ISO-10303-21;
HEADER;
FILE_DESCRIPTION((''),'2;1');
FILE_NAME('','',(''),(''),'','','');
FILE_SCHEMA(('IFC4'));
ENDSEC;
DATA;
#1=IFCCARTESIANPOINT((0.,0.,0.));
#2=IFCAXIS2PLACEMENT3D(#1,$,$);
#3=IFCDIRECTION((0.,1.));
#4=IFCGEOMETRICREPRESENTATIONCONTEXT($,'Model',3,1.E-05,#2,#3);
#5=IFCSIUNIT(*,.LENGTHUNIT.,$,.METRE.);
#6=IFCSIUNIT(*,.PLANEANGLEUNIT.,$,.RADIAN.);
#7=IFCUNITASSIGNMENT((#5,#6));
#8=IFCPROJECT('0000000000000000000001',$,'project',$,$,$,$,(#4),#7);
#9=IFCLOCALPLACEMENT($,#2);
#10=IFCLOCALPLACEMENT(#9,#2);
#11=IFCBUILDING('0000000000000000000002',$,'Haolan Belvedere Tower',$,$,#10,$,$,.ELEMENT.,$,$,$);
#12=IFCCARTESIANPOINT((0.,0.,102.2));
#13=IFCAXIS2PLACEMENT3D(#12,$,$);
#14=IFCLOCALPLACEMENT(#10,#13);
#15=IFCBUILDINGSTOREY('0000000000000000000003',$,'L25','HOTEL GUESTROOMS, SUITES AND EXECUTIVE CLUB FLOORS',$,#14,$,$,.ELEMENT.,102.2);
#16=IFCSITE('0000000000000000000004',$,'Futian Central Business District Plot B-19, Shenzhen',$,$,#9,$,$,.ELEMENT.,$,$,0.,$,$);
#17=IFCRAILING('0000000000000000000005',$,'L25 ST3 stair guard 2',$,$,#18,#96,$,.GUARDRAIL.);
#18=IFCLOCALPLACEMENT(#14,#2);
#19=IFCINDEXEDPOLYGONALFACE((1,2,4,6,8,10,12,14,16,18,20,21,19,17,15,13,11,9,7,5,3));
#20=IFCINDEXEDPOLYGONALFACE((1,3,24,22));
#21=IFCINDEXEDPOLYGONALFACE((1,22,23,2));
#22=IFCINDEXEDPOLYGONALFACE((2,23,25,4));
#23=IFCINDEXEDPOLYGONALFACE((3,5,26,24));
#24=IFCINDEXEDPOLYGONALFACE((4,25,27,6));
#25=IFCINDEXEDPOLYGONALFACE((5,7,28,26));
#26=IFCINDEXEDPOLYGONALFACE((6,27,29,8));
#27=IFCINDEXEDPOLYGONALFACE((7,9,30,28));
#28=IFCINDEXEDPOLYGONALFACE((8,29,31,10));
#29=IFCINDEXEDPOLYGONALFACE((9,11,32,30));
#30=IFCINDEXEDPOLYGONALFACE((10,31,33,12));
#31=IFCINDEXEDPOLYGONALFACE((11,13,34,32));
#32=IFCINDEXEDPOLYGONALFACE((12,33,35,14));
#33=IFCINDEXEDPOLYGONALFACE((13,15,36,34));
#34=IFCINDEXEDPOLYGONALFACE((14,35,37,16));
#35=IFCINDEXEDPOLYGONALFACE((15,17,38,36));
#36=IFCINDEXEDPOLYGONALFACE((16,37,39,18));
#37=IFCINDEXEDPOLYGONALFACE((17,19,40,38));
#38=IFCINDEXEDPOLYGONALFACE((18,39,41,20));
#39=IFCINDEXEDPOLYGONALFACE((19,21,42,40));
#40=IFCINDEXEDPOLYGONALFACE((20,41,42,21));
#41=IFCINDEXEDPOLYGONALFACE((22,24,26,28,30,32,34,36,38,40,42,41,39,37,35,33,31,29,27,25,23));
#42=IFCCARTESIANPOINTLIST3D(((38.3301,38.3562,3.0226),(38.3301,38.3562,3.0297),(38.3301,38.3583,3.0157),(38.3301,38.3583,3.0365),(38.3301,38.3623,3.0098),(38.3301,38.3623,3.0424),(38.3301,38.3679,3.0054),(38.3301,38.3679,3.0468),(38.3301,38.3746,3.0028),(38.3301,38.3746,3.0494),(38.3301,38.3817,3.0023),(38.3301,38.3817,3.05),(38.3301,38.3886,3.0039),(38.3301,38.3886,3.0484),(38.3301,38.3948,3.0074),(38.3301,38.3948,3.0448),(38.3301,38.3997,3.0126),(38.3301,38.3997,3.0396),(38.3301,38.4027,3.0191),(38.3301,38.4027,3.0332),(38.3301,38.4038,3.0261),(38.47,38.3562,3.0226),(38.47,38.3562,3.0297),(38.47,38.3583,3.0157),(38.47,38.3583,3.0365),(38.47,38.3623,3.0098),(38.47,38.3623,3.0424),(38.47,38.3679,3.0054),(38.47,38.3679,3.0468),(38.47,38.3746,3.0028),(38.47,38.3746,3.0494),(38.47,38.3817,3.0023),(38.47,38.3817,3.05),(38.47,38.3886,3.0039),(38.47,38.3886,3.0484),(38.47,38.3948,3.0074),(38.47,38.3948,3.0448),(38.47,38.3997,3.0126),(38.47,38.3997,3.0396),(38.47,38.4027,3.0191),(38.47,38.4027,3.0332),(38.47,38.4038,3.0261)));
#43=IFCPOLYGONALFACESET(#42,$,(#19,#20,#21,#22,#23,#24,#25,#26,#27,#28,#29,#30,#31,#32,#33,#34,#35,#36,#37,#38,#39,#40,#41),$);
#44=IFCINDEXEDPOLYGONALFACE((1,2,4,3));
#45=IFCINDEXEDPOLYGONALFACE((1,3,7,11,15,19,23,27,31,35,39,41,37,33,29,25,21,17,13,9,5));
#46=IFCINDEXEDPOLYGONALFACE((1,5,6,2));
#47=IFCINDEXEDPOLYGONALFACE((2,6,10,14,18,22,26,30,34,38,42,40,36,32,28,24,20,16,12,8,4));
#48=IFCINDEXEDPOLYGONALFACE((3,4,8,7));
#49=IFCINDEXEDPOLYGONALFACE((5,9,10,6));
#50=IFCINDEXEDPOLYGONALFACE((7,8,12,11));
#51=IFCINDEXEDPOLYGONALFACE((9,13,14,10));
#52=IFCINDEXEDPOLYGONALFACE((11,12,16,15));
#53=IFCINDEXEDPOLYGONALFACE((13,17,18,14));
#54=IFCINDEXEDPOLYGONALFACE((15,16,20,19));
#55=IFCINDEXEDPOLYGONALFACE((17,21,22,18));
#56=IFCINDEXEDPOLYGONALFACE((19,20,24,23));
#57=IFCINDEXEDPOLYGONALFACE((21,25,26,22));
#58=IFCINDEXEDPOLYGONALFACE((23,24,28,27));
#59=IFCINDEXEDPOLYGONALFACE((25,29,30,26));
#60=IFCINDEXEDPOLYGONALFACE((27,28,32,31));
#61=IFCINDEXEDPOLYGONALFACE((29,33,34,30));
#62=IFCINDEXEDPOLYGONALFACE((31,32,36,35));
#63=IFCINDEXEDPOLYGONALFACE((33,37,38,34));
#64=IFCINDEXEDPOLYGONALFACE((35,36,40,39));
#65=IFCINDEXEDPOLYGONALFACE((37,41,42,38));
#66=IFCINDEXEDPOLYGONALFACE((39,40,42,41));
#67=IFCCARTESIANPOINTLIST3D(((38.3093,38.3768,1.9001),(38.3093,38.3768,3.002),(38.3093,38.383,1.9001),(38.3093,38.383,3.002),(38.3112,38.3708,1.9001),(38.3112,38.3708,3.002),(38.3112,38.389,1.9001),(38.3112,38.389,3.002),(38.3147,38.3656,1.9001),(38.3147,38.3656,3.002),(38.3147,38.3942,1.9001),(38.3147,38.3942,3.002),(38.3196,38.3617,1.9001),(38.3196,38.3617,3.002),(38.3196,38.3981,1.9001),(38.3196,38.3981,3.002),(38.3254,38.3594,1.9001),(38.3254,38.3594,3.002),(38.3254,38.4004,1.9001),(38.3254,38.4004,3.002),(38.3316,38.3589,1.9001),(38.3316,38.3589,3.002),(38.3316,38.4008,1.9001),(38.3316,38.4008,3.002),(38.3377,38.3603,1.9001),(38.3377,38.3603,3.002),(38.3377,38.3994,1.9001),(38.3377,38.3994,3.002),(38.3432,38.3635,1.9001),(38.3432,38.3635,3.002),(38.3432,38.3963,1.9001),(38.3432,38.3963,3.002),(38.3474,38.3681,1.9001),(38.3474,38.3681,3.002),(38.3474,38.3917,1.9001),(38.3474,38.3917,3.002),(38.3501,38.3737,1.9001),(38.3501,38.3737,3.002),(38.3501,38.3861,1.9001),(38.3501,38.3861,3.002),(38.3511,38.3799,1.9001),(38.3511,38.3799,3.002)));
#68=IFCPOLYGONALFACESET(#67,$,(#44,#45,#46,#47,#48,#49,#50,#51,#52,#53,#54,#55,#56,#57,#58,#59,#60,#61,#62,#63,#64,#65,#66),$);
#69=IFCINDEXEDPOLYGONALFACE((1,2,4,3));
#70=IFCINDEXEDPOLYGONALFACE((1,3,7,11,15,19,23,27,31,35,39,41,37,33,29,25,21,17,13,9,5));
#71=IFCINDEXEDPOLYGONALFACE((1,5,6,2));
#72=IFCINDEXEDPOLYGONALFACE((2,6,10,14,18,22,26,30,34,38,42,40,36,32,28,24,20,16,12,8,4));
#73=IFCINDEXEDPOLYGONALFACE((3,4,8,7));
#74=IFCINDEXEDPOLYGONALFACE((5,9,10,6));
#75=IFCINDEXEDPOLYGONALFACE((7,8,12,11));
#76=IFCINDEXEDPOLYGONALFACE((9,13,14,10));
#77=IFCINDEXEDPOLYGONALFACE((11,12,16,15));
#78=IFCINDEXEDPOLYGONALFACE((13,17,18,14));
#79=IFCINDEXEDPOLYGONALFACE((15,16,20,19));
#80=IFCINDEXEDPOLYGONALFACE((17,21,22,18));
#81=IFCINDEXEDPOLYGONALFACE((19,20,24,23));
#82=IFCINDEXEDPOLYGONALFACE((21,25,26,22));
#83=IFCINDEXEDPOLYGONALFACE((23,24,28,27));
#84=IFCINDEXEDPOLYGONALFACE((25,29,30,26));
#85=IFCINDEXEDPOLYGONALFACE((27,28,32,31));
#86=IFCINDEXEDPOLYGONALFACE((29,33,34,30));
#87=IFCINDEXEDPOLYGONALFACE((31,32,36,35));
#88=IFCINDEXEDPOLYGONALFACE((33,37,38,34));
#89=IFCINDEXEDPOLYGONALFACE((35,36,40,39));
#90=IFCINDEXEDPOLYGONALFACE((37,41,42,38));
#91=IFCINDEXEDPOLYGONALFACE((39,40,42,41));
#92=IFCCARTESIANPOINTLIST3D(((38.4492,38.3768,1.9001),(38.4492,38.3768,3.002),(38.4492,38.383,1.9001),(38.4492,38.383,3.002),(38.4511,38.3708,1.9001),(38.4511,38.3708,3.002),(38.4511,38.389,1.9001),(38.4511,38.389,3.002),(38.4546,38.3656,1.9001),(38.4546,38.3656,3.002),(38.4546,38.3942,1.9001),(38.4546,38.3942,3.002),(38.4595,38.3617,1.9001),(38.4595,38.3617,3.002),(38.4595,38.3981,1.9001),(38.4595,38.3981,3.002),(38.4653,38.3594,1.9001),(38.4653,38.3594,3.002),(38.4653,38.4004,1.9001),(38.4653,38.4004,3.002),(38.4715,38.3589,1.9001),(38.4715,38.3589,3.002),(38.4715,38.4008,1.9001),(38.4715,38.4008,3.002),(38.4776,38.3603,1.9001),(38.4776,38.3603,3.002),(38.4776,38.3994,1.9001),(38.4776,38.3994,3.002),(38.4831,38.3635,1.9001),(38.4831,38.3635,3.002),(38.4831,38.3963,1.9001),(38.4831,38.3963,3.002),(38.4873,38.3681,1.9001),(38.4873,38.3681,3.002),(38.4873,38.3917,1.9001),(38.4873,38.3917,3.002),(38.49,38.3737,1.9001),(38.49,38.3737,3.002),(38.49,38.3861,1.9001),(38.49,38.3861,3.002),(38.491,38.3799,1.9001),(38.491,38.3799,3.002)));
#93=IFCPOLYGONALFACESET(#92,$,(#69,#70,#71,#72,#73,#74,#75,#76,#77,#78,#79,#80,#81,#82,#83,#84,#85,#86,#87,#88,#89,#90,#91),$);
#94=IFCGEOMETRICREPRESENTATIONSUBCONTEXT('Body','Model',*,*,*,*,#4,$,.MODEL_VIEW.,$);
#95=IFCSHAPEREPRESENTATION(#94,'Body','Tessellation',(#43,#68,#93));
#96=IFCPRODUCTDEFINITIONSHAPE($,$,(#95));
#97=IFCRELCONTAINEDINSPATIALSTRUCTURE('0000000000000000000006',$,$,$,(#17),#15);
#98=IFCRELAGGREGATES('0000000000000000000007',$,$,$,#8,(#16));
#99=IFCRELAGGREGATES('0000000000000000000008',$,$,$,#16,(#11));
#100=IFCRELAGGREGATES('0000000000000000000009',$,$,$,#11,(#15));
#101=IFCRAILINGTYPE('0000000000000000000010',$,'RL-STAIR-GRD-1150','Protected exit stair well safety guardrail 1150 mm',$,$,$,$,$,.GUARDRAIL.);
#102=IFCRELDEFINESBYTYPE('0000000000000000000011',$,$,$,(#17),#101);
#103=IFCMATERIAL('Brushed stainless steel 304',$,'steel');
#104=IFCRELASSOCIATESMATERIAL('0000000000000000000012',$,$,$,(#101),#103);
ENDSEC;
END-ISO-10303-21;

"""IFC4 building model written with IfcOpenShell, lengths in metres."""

from ifc_helpers import new_model, si_unit, direction, frame, origin, origin_2d, place, context, subcontext, project, spatial, circle, extrude, material, type_object, element, save


model = new_model("IFC4")

# Units and contexts
model_context = context("Model", 3, precision=1e-05, world=origin(), true_north=direction((0.0, 1.0)))
body_context = subcontext(model_context, "Body", "Model", "MODEL_VIEW")
ifc_project = project(units=[si_unit("LENGTHUNIT", "METRE"), si_unit("PLANEANGLEUNIT", "RADIAN")], contexts=[model_context])

# Site, building, storey
site_placement = place(None, origin())
site = spatial("IfcSite", under=ifc_project, at=site_placement, Name="Futian Central Business District Plot B-19, Shenzhen", CompositionType="ELEMENT", RefElevation=0.0)
building_placement = place(site_placement, origin())
building = spatial("IfcBuilding", under=site, at=building_placement, Name="Haolan Belvedere Tower", CompositionType="ELEMENT")
storey_placement = place(building_placement, frame((0.0, 0.0, 102.2)))
storey = spatial("IfcBuildingStorey", under=building, at=storey_placement, Name="L25", Description="HOTEL GUESTROOMS, SUITES AND EXECUTIVE CLUB FLOORS", CompositionType="ELEMENT", Elevation=102.2)

# Railing
ifc_material_1 = material(Name="Brushed stainless steel 304", Category="steel")
railing_type_1 = type_object("IfcRailingType", Name="RL-STAIR-GRD-1150", Description="Protected exit stair well safety guardrail 1150 mm", PredefinedType="GUARDRAIL", material=ifc_material_1)
railing_1_placement = place(storey_placement, frame((38.3301, 38.3799, 1.9001)))
element("IfcRailing", 1, at=railing_1_placement, inside=storey, type_object=railing_type_1, Name="L25 ST3 stair guard 2", PredefinedType="GUARDRAIL", context=body_context, shape_type="SweptSolid", body=[
    extrude(circle(Radius=0.0239, at=origin_2d()), frame((0.0, 0.0, 1.126), z_axis=(1.0, 0.0, 0.0), x_axis=(0.0, 1.0, 0.0)), (0.0, 0.0, 1.0), 0.1399),
    extrude(circle(Radius=0.021, at=origin_2d()), origin(), (0.0, 0.0, 1.0), 1.1018),
    extrude(circle(Radius=0.021, at=origin_2d()), frame((0.1399, 0.0, 0.0)), (0.0, 0.0, 1.0), 1.1018),
])

save(model, "model.ifc")
